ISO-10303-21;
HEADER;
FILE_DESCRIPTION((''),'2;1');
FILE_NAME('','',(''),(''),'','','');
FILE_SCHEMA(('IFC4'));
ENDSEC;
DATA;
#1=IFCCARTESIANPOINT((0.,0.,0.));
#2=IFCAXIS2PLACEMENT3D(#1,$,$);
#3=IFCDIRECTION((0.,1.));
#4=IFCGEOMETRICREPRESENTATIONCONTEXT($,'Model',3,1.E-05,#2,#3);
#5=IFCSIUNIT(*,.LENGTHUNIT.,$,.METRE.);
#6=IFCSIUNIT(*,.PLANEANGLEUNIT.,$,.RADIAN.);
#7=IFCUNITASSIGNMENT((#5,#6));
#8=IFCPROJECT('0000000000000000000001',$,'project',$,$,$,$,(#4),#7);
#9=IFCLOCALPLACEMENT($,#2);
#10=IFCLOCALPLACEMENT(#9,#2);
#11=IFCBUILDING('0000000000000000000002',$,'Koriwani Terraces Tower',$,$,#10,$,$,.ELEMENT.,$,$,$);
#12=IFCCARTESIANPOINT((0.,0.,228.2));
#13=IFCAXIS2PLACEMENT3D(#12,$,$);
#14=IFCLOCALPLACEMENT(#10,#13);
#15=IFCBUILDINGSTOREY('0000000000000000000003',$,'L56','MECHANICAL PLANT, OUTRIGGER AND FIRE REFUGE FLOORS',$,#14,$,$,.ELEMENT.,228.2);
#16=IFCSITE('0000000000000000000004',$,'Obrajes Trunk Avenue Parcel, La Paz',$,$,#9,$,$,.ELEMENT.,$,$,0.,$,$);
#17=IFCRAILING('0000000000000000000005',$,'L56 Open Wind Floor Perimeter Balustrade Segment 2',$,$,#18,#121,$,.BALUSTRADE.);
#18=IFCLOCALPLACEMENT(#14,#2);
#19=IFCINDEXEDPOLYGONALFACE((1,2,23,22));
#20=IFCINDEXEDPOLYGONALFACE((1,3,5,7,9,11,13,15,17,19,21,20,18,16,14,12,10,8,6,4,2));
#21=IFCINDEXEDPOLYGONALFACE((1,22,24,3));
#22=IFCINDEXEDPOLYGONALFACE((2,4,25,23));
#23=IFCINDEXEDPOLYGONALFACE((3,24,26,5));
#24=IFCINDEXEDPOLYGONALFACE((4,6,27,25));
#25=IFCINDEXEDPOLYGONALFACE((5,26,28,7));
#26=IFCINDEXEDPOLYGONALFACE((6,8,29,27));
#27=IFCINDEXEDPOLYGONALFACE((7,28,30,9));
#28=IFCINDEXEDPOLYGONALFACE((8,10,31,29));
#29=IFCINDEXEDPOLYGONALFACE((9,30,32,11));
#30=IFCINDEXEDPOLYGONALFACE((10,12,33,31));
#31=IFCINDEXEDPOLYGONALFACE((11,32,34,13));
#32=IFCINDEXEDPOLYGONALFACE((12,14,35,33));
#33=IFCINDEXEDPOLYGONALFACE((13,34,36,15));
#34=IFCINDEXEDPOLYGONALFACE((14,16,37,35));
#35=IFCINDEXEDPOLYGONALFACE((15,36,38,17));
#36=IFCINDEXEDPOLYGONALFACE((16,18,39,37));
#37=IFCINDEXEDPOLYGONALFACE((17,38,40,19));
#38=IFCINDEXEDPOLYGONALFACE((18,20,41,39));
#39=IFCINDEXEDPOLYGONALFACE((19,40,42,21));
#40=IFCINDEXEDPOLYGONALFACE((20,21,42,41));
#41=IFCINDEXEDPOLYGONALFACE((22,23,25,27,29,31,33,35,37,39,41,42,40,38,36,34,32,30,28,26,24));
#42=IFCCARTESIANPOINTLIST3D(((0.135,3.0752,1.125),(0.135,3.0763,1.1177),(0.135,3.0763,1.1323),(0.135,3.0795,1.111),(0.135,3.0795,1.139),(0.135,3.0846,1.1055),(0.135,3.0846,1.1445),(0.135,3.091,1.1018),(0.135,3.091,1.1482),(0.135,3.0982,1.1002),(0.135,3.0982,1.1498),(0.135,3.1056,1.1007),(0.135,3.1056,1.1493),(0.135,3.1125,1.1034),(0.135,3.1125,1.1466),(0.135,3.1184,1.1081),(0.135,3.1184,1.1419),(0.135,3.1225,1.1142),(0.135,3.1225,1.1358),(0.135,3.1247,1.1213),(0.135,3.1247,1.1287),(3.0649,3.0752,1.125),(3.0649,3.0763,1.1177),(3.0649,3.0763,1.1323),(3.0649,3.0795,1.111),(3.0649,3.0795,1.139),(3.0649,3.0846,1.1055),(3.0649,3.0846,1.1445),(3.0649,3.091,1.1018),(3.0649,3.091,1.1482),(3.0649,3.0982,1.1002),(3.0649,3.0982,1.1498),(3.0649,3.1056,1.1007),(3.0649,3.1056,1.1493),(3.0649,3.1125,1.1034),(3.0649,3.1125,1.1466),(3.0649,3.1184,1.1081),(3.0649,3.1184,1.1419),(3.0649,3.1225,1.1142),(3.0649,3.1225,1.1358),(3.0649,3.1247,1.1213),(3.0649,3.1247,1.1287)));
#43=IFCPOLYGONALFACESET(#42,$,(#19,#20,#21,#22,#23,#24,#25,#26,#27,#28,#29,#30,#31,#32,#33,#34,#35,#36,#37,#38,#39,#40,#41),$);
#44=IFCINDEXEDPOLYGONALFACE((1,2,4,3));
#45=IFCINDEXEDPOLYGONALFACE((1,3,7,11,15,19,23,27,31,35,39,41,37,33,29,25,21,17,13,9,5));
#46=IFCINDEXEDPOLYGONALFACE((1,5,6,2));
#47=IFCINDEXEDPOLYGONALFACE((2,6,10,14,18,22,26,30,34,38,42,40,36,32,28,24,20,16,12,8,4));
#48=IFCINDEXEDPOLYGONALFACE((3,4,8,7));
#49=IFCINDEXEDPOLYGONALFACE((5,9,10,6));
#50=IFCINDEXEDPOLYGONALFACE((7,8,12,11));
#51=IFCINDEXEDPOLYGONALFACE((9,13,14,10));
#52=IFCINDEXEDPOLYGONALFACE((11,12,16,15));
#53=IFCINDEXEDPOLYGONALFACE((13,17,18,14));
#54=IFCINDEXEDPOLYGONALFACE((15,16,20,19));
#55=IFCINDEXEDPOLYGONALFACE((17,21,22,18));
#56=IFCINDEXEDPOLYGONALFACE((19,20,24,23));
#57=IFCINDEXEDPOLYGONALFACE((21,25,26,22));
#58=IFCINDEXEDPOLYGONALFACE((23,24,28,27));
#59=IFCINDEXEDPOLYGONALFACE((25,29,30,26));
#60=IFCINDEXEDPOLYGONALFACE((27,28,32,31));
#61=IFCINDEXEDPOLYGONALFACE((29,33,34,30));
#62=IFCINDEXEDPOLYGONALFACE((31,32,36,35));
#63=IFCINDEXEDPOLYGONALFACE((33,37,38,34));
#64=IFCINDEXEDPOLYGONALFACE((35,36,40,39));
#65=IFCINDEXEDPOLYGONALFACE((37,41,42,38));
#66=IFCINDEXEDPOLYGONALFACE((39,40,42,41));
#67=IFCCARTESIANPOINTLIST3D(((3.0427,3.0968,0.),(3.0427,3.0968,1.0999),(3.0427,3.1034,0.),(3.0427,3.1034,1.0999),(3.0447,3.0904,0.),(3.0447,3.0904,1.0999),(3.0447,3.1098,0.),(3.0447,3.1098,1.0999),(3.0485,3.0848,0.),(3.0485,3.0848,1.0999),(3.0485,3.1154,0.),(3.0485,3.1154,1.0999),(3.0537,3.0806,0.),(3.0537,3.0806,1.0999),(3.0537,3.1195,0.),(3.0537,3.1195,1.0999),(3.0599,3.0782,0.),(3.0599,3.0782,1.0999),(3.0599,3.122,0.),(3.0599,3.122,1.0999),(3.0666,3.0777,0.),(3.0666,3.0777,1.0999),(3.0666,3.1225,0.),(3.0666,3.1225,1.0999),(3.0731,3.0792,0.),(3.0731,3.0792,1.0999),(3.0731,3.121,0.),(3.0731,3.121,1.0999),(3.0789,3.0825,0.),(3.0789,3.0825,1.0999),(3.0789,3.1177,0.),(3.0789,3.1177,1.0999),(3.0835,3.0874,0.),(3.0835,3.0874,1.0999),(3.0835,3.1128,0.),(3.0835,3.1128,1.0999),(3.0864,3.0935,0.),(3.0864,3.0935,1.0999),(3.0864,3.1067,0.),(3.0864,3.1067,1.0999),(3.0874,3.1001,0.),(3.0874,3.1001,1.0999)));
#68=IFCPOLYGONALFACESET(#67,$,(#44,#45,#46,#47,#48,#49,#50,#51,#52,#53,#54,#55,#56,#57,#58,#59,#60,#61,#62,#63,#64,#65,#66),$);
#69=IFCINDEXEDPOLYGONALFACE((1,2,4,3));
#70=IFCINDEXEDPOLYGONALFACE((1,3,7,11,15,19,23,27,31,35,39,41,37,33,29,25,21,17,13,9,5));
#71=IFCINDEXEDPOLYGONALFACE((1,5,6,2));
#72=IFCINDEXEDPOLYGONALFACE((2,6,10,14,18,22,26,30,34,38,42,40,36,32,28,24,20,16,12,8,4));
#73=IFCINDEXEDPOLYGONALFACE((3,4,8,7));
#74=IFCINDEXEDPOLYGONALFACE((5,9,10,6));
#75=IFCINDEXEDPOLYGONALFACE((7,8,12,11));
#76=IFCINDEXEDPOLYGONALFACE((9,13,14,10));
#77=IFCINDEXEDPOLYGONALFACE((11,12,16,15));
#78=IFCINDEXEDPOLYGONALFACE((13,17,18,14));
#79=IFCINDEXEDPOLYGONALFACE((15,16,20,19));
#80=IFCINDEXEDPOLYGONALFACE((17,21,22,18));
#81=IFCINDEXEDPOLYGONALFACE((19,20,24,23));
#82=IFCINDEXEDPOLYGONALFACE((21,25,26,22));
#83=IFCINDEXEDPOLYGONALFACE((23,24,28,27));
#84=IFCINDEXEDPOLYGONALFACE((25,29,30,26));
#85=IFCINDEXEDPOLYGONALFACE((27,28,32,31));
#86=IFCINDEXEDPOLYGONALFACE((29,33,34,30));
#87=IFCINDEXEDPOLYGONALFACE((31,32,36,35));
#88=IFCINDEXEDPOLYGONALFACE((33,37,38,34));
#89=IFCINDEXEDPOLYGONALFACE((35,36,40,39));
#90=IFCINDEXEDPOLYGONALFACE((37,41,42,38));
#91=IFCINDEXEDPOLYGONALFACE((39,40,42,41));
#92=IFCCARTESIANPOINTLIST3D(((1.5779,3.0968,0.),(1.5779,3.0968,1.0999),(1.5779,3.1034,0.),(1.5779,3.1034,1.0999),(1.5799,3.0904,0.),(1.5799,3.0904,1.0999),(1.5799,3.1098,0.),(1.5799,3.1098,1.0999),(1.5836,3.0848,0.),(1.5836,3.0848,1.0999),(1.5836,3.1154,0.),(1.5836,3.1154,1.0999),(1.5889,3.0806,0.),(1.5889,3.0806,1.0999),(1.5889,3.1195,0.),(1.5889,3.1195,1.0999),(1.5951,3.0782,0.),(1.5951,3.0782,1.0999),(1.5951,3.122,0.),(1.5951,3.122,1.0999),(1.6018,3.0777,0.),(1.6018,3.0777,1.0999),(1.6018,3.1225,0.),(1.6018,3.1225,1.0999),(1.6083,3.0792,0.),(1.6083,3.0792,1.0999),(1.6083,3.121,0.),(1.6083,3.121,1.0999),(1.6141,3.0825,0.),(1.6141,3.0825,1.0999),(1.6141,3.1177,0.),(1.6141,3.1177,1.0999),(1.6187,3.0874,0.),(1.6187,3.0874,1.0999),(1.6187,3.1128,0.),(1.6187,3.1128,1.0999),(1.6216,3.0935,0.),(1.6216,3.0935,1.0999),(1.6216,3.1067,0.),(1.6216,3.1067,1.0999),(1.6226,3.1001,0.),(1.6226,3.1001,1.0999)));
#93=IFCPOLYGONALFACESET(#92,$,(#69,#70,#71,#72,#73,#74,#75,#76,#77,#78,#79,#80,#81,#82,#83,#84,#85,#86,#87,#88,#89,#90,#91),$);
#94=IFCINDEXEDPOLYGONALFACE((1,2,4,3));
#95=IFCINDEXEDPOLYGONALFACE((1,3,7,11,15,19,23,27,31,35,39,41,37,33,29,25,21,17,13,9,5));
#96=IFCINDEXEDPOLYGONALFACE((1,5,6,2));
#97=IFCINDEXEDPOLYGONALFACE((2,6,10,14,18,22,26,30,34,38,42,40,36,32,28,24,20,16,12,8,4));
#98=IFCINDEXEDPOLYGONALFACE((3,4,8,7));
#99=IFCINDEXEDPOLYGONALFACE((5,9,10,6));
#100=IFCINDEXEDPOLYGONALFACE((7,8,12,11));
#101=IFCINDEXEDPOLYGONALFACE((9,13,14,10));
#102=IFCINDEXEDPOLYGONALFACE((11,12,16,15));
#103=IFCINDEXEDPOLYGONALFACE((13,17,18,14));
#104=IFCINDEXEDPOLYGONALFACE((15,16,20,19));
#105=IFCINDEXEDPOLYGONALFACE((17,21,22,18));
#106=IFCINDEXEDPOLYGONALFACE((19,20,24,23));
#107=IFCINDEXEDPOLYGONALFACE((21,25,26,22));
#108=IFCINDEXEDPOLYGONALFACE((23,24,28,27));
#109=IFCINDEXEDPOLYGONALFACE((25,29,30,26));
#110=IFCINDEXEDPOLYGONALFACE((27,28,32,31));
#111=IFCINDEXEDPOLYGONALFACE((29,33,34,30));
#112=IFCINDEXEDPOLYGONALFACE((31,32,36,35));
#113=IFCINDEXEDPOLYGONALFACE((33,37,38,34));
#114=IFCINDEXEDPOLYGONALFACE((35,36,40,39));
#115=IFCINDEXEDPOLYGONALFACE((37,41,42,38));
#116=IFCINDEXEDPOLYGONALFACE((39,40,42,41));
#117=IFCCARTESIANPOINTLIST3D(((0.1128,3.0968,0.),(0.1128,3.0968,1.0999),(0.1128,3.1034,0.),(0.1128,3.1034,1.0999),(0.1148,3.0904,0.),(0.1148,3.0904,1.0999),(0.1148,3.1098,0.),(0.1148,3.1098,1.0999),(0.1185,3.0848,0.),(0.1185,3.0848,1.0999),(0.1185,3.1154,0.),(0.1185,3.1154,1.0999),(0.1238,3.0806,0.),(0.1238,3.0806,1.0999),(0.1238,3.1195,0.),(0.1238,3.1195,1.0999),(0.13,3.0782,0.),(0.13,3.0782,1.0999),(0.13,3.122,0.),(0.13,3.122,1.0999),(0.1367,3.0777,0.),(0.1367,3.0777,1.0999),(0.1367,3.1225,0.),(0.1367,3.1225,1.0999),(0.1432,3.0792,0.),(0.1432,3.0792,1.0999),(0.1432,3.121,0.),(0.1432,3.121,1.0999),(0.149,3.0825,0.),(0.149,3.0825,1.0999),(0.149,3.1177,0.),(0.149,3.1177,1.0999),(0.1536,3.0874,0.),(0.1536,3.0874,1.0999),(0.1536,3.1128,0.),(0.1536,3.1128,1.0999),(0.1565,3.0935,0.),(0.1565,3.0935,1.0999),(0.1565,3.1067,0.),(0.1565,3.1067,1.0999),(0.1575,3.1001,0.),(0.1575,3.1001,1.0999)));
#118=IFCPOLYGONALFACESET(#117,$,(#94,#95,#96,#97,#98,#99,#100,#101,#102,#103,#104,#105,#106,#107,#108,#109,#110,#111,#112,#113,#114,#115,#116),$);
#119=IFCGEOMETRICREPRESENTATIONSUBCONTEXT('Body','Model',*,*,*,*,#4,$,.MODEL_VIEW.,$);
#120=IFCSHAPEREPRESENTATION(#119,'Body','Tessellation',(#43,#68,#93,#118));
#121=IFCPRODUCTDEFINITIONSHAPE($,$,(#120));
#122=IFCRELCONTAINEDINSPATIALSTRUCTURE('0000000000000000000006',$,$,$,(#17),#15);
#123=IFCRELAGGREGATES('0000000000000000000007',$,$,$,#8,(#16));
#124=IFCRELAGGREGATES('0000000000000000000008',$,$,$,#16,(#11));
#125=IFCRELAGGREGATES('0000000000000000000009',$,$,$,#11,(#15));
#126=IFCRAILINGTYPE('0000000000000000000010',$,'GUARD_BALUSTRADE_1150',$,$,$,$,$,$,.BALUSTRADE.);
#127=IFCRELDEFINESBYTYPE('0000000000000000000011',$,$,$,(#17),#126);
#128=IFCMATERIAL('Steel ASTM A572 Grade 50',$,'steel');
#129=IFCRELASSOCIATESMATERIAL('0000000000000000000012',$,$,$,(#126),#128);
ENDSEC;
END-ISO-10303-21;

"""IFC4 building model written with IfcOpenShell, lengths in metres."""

from ifc_helpers import new_model, si_unit, direction, frame, origin, origin_2d, place, context, subcontext, project, spatial, circle, extrude, material, type_object, element, save


model = new_model("IFC4")

# Units and contexts
model_context = context("Model", 3, precision=1e-05, world=origin(), true_north=direction((0.0, 1.0)))
body_context = subcontext(model_context, "Body", "Model", "MODEL_VIEW")
ifc_project = project(units=[si_unit("LENGTHUNIT", "METRE"), si_unit("PLANEANGLEUNIT", "RADIAN")], contexts=[model_context])

# Site, building, storey
site_placement = place(None, origin())
site = spatial("IfcSite", under=ifc_project, at=site_placement, Name="Obrajes Trunk Avenue Parcel, La Paz", CompositionType="ELEMENT", RefElevation=0.0)
building_placement = place(site_placement, origin())
building = spatial("IfcBuilding", under=site, at=building_placement, Name="Koriwani Terraces Tower", CompositionType="ELEMENT")
storey_placement = place(building_placement, frame((0.0, 0.0, 228.2)))
storey = spatial("IfcBuildingStorey", under=building, at=storey_placement, Name="L56", Description="MECHANICAL PLANT, OUTRIGGER AND FIRE REFUGE FLOORS", CompositionType="ELEMENT", Elevation=228.2)

# Shared definitions
ifc_material_1 = material(Name="Steel ASTM A572 Grade 50", Category="steel")

# Railing
railing_type = type_object("IfcRailingType", Name="GUARD_BALUSTRADE_1150", PredefinedType="BALUSTRADE", material=ifc_material_1)
railing_1_placement = place(storey_placement, frame((3.0649, 3.1001, 0.0)))
element("IfcRailing", 1, at=railing_1_placement, inside=storey, type_object=railing_type, Name="L56 Open Wind Floor Perimeter Balustrade Segment 2", PredefinedType="BALUSTRADE", context=body_context, shape_type="SweptSolid", body=[
    extrude(circle(Radius=0.0249, at=origin_2d()), frame((0.0, 0.0, 1.125), z_axis=(-1.0, 0.0, 0.0), x_axis=(0.0, -1.0, 0.0)), (0.0, 0.0, 1.0), 2.9299),
    extrude(circle(Radius=0.0225, at=origin_2d()), origin(), (0.0, 0.0, 1.0), 1.0999),
    extrude(circle(Radius=0.0225, at=origin_2d()), frame((-1.4648, 0.0, 0.0)), (0.0, 0.0, 1.0), 1.0999),
    extrude(circle(Radius=0.0225, at=origin_2d()), frame((-2.9299, 0.0, 0.0)), (0.0, 0.0, 1.0), 1.0999),
])

save(model, "model.ifc")
